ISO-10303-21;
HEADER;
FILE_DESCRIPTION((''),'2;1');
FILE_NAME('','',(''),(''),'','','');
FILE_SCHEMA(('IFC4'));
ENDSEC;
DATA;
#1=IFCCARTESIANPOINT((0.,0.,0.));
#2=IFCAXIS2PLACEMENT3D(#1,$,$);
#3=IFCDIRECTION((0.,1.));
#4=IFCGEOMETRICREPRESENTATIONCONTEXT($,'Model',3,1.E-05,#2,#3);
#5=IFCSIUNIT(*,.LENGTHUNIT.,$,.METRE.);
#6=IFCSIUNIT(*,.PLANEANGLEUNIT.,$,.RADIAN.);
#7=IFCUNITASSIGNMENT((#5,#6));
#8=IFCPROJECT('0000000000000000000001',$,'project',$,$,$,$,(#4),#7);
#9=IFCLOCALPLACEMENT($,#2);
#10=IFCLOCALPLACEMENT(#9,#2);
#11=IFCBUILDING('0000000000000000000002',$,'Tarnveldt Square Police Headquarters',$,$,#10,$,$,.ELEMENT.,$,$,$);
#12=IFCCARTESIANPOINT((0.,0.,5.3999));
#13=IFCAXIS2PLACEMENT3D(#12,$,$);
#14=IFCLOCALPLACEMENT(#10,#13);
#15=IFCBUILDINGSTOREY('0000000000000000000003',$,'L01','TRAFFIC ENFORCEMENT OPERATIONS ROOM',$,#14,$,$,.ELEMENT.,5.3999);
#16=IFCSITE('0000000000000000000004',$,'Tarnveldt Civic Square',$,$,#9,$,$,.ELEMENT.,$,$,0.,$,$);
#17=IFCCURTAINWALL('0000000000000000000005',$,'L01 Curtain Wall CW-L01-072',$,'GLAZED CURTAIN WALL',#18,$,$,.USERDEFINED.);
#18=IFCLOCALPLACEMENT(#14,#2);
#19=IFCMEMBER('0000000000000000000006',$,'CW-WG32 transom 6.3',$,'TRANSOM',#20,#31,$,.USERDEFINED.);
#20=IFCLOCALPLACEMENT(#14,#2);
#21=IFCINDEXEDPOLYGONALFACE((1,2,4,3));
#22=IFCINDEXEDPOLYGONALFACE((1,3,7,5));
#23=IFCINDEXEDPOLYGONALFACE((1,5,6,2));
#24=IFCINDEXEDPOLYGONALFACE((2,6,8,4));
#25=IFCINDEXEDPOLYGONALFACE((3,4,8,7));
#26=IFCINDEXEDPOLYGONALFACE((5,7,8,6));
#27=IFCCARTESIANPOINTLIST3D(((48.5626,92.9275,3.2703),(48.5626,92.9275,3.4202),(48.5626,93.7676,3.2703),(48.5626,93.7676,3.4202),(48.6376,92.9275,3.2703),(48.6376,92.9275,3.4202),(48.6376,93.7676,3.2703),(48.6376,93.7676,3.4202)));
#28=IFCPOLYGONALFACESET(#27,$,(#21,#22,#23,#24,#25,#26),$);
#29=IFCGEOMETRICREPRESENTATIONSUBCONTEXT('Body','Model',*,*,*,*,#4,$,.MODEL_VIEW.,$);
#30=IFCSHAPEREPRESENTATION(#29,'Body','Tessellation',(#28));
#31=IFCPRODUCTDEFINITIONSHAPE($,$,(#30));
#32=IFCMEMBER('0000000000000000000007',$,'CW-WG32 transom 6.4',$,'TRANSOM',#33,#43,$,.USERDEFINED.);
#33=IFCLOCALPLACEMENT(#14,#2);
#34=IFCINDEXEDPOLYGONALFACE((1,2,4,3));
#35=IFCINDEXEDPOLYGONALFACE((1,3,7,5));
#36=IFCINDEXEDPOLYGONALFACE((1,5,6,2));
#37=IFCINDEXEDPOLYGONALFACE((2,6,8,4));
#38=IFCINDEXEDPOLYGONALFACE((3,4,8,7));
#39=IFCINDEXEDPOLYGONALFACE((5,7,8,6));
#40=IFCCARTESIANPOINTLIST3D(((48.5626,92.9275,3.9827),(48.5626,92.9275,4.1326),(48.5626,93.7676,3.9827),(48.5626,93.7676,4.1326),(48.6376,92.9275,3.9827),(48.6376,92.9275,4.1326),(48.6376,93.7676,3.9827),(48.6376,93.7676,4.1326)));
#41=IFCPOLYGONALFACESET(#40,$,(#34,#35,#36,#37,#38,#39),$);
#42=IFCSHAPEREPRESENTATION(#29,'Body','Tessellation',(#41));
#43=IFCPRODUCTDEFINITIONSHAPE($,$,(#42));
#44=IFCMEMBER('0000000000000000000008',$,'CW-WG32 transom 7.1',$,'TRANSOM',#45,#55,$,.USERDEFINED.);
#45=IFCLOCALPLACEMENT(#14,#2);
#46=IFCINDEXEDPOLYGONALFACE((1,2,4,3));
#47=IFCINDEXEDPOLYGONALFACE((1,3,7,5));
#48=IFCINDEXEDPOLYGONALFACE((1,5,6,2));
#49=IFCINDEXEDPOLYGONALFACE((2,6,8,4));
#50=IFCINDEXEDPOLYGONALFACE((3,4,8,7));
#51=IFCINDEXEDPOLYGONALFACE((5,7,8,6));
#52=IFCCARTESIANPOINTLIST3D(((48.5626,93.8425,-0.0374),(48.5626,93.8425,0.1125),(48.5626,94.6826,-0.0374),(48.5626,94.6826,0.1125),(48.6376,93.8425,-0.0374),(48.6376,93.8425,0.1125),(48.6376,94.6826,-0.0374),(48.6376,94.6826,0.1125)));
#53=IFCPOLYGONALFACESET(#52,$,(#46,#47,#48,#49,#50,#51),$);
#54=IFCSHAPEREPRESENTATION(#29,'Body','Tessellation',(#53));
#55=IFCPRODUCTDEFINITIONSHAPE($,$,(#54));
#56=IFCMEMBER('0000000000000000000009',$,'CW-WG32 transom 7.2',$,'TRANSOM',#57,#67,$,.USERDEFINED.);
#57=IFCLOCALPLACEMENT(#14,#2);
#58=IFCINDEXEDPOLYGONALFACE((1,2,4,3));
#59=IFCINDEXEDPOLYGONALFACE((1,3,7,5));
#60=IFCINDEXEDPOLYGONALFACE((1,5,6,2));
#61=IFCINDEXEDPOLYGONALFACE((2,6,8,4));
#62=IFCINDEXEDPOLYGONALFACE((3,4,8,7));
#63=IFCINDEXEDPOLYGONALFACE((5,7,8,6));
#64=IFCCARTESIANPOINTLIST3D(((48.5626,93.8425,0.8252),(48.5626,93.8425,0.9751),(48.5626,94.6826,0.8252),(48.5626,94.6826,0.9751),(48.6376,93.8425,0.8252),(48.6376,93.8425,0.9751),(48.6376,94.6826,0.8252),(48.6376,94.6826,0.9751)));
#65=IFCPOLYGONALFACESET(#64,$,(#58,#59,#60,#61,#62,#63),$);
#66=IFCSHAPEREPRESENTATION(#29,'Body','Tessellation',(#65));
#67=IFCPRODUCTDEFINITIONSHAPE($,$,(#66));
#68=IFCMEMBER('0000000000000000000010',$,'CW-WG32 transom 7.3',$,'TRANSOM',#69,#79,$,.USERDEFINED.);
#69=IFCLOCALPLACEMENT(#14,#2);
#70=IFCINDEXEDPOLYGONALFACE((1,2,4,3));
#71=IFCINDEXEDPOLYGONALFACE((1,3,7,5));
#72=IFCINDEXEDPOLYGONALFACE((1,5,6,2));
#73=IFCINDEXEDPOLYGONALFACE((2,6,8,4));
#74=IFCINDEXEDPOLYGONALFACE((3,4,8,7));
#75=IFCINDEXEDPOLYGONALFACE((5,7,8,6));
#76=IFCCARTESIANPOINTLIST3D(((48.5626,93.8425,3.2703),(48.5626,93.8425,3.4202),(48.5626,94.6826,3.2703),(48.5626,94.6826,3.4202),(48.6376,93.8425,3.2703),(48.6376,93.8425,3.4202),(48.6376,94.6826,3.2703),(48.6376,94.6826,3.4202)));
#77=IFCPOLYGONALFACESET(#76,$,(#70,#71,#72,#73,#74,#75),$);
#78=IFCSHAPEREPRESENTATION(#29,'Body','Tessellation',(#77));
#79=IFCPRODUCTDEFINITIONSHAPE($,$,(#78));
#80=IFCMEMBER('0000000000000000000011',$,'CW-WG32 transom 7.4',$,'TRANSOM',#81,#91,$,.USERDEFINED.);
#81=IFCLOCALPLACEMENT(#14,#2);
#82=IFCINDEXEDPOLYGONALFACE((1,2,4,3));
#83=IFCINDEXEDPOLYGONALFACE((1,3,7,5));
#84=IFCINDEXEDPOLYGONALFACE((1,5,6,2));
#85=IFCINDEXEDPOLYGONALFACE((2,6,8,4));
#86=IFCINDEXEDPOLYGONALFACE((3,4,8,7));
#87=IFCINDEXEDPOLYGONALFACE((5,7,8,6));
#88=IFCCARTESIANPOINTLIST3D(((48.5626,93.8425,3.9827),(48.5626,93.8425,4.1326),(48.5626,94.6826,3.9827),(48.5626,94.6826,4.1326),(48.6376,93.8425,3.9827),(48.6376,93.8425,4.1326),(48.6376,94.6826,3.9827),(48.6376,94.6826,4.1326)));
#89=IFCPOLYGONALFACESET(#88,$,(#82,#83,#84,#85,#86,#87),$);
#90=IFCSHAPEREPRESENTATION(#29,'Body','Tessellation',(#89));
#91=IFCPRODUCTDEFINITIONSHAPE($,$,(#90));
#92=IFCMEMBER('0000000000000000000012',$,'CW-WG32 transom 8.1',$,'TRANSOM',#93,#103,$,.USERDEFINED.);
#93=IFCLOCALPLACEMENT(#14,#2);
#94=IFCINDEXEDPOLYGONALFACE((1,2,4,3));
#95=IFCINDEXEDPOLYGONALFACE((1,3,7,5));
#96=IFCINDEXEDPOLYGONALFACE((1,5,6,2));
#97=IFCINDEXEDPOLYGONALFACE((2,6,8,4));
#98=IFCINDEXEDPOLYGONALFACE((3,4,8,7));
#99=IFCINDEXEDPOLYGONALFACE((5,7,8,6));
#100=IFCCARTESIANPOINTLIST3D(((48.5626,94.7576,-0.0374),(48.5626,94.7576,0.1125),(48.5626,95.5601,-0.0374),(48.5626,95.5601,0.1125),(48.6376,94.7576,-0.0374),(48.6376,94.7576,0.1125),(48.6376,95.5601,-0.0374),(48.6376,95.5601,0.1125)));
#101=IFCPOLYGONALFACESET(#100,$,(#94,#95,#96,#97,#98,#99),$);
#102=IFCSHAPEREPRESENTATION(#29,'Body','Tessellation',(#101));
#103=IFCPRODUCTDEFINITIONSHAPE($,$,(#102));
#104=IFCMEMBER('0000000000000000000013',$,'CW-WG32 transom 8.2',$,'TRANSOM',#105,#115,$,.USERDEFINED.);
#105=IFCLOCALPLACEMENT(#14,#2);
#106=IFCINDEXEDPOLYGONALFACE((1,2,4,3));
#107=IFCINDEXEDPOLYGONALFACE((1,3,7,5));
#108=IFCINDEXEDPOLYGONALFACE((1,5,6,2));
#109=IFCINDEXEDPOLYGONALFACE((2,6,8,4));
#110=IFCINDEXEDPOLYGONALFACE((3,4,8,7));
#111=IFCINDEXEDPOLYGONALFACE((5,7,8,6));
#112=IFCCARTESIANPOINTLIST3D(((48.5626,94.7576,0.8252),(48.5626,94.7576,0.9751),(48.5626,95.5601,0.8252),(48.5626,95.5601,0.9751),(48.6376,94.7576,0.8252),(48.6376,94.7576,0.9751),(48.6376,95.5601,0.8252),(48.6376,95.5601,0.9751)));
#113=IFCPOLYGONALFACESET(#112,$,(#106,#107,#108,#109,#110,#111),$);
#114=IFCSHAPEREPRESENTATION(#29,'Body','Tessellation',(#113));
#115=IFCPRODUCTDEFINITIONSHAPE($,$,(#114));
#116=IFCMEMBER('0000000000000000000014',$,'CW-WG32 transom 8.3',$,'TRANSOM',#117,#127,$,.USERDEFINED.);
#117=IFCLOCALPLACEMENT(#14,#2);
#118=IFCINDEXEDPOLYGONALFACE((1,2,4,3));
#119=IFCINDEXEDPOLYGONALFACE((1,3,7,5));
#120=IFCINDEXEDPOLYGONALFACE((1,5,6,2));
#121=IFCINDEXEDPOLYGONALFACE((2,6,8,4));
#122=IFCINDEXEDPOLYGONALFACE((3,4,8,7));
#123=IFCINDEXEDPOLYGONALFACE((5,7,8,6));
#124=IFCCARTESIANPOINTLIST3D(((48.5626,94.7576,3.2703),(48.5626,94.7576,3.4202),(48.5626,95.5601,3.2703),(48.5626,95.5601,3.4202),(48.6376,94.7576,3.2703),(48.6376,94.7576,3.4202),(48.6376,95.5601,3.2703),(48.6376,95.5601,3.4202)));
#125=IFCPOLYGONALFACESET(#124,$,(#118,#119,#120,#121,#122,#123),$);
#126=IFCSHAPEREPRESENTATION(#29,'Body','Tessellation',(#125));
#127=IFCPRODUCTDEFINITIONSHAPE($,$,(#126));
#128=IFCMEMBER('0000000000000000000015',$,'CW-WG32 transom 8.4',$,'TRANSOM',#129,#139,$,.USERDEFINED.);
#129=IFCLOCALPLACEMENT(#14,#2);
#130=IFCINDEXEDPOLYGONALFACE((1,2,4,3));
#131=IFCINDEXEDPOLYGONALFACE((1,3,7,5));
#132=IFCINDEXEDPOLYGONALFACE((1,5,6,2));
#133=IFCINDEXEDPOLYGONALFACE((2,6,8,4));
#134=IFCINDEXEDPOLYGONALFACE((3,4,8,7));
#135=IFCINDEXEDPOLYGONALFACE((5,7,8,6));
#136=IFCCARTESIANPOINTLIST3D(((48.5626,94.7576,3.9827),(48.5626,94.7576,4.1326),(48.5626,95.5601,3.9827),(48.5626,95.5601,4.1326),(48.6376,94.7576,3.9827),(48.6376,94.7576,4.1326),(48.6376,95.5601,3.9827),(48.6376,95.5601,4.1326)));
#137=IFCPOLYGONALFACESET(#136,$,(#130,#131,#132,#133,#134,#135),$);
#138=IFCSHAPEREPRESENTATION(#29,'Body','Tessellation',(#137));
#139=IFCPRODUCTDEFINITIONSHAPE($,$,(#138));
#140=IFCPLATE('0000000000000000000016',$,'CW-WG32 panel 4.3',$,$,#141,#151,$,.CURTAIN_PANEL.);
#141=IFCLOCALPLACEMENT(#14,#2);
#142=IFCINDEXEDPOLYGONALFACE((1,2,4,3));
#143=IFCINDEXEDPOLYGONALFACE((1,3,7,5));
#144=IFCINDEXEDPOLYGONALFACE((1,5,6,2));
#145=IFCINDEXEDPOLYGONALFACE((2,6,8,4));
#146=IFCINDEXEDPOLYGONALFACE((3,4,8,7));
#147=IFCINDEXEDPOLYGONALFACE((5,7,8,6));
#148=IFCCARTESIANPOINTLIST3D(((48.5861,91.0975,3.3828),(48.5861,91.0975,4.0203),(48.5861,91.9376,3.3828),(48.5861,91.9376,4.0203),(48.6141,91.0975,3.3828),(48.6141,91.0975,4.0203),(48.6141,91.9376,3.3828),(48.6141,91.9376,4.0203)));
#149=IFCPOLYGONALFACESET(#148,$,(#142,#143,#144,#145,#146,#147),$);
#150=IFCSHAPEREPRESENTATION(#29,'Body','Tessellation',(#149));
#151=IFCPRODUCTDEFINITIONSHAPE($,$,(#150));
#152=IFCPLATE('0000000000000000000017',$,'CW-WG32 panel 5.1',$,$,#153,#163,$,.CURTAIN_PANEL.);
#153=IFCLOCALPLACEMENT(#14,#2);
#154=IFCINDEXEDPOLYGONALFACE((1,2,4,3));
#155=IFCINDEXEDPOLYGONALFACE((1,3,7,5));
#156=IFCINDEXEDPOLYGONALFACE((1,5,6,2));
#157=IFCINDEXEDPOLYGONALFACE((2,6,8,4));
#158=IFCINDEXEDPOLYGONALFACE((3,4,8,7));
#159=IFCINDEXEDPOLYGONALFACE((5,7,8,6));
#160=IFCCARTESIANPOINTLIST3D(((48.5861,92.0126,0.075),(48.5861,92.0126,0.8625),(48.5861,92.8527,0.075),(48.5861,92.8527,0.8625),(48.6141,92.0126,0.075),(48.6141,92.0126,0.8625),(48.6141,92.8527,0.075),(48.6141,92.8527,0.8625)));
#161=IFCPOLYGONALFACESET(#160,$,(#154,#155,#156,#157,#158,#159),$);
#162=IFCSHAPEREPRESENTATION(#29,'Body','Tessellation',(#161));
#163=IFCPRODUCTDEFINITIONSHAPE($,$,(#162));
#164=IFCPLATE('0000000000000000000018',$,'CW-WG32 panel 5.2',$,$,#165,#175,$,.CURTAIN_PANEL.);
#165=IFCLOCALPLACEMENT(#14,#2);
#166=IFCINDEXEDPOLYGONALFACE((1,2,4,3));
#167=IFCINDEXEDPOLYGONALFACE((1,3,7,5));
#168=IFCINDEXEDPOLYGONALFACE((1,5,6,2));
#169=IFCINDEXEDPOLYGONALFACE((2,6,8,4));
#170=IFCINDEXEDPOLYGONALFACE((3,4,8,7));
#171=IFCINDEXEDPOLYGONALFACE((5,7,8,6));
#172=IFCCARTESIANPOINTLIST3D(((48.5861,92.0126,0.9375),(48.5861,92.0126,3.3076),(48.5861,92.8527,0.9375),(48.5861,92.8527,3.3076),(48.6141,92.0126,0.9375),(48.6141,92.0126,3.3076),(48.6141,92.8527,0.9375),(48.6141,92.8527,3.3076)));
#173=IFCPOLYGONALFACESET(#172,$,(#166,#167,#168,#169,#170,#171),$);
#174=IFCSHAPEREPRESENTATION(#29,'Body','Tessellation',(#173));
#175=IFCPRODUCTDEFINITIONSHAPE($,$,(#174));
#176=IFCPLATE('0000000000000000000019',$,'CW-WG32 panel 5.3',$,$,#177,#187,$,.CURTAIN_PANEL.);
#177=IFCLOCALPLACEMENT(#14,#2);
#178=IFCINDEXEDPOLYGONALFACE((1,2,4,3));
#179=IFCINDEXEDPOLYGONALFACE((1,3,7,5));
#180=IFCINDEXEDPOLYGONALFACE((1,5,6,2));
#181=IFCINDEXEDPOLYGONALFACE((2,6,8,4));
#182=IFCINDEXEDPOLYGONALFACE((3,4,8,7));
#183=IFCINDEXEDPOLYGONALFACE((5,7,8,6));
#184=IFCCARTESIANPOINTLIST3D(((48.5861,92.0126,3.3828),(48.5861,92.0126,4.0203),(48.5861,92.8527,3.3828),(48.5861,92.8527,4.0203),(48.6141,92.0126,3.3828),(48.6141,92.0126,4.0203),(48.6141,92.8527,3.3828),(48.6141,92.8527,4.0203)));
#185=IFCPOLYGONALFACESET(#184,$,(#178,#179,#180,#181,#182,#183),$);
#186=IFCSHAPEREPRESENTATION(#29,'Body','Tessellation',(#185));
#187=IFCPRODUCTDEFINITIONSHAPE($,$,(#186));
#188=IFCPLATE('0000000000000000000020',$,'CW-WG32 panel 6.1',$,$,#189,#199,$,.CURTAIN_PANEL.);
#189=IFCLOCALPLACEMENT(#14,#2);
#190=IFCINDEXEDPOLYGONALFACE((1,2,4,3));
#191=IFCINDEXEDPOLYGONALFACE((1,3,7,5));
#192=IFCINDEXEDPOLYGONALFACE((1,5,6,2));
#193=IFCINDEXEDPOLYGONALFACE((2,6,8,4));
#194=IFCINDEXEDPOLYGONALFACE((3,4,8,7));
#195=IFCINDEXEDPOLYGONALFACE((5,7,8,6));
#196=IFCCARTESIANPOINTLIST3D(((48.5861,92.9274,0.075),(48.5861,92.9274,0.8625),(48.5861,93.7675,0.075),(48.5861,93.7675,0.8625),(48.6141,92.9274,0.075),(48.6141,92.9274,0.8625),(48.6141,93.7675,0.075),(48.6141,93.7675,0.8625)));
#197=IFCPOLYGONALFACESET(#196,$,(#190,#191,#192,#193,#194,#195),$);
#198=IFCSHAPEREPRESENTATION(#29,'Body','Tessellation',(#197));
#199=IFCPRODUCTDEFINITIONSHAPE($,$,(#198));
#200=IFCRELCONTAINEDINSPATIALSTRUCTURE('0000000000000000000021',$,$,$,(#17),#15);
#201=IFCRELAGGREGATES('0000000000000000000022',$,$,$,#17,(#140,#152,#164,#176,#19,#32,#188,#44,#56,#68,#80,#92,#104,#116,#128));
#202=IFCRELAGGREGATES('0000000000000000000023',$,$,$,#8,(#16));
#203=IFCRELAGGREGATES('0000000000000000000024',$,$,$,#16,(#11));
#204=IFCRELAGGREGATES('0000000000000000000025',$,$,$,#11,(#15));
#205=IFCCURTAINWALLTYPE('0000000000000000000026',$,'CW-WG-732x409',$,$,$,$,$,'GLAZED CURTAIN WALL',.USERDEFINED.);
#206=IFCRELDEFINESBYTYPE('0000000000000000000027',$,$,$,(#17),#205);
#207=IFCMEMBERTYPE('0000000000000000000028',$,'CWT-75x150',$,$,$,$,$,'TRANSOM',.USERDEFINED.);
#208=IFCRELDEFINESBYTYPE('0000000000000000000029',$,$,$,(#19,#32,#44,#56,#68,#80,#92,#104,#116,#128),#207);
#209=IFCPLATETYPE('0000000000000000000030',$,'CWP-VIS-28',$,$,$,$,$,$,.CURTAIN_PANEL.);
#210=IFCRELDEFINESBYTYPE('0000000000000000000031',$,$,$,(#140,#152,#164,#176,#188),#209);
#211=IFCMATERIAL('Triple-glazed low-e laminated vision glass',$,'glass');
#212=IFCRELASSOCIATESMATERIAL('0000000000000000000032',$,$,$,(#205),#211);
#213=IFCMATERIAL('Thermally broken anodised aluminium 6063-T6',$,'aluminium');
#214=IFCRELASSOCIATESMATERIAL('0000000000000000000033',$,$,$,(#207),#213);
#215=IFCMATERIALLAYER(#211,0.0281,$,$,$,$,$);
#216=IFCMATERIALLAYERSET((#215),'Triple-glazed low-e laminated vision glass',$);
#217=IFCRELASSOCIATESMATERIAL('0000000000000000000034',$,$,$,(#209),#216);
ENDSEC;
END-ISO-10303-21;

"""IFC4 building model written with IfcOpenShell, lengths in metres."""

from ifc_helpers import new_model, si_unit, direction, frame, origin, origin_2d, place, context, subcontext, project, spatial, rectangle, extrude, material, layer, layer_set, material_profile, profile_set, type_object, element, aggregate, save


model = new_model("IFC4")

# Units and contexts
model_context = context("Model", 3, precision=1e-05, world=origin(), true_north=direction((0.0, 1.0)))
body_context = subcontext(model_context, "Body", "Model", "MODEL_VIEW")
ifc_project = project(units=[si_unit("LENGTHUNIT", "METRE"), si_unit("PLANEANGLEUNIT", "RADIAN")], contexts=[model_context])

# Site, building, storey
site_placement = place(None, origin())
site = spatial("IfcSite", under=ifc_project, at=site_placement, Name="Tarnveldt Civic Square", CompositionType="ELEMENT", RefElevation=0.0)
building_placement = place(site_placement, origin())
building = spatial("IfcBuilding", under=site, at=building_placement, Name="Tarnveldt Square Police Headquarters", CompositionType="ELEMENT")
storey_placement = place(building_placement, frame((0.0, 0.0, 5.3999)))
storey = spatial("IfcBuildingStorey", under=building, at=storey_placement, Name="L01", Description="TRAFFIC ENFORCEMENT OPERATIONS ROOM", CompositionType="ELEMENT", Elevation=5.3999)

# Curtain wall
ifc_material_1 = material(Name="Triple-glazed low-e laminated vision glass", Category="glass")
curtain_wall_type_1 = type_object("IfcCurtainWallType", Name="CW-WG-732x409", ElementType="GLAZED CURTAIN WALL", PredefinedType="USERDEFINED", material=ifc_material_1)
curtain_wall_1_placement = place(storey_placement, origin())
curtain_wall_1 = element("IfcCurtainWall", 1, at=curtain_wall_1_placement, inside=storey, type_object=curtain_wall_type_1, Name="L01 Curtain Wall CW-L01-072", ObjectType="GLAZED CURTAIN WALL", PredefinedType="USERDEFINED")
ifc_material_2 = material(Name="Thermally broken anodised aluminium 6063-T6", Category="aluminium")

# Members
ifc_material_profile_1 = material_profile(ifc_material_2, rectangle(XDim=0.075, YDim=0.1499, at=origin_2d()), Name="CW-T75x150")
ifc_profile_set_1 = profile_set([ifc_material_profile_1], Name="Thermally broken anodised aluminium 6063-T6")
member_type_1 = type_object("IfcMemberType", Name="CWT-75x150", ElementType="TRANSOM", PredefinedType="USERDEFINED", material=ifc_profile_set_1)
member_1_placement = place(storey_placement, frame((48.6001, 92.9275, 3.3452), z_axis=(0.0, 1.0, 0.0), x_axis=(-1.0, 0.0, 0.0)))
member_1 = element("IfcMember", 2, at=member_1_placement, type_object=member_type_1, Name="CW-WG32 transom 6.3", ObjectType="TRANSOM", PredefinedType="USERDEFINED", context=body_context, shape_type="SweptSolid", body=[
    extrude(rectangle(XDim=0.075, YDim=0.1499, at=origin_2d()), origin(), (0.0, 0.0, 1.0), 0.8401),
])
member_2_placement = place(storey_placement, frame((48.6001, 92.9275, 4.0576), z_axis=(0.0, 1.0, 0.0), x_axis=(-1.0, 0.0, 0.0)))
member_2 = element("IfcMember", 3, at=member_2_placement, type_object=member_type_1, Name="CW-WG32 transom 6.4", ObjectType="TRANSOM", PredefinedType="USERDEFINED", context=body_context, shape_type="SweptSolid", body=[
    extrude(rectangle(XDim=0.075, YDim=0.1499, at=origin_2d()), origin(), (0.0, 0.0, 1.0), 0.8401),
])
member_3_placement = place(storey_placement, frame((48.6001, 93.8425, 0.0376), z_axis=(0.0, 1.0, 0.0), x_axis=(-1.0, 0.0, 0.0)))
member_3 = element("IfcMember", 4, at=member_3_placement, type_object=member_type_1, Name="CW-WG32 transom 7.1", ObjectType="TRANSOM", PredefinedType="USERDEFINED", context=body_context, shape_type="SweptSolid", body=[
    extrude(rectangle(XDim=0.075, YDim=0.1499, at=origin_2d()), origin(), (0.0, 0.0, 1.0), 0.8401),
])
member_4_placement = place(storey_placement, frame((48.6001, 93.8425, 0.9001), z_axis=(0.0, 1.0, 0.0), x_axis=(-1.0, 0.0, 0.0)))
member_4 = element("IfcMember", 5, at=member_4_placement, type_object=member_type_1, Name="CW-WG32 transom 7.2", ObjectType="TRANSOM", PredefinedType="USERDEFINED", context=body_context, shape_type="SweptSolid", body=[
    extrude(rectangle(XDim=0.075, YDim=0.1499, at=origin_2d()), origin(), (0.0, 0.0, 1.0), 0.8401),
])
member_5_placement = place(storey_placement, frame((48.6001, 93.8425, 3.3452), z_axis=(0.0, 1.0, 0.0), x_axis=(-1.0, 0.0, 0.0)))
member_5 = element("IfcMember", 6, at=member_5_placement, type_object=member_type_1, Name="CW-WG32 transom 7.3", ObjectType="TRANSOM", PredefinedType="USERDEFINED", context=body_context, shape_type="SweptSolid", body=[
    extrude(rectangle(XDim=0.075, YDim=0.1499, at=origin_2d()), origin(), (0.0, 0.0, 1.0), 0.8401),
])
member_6_placement = place(storey_placement, frame((48.6001, 93.8425, 4.0576), z_axis=(0.0, 1.0, 0.0), x_axis=(-1.0, 0.0, 0.0)))
member_6 = element("IfcMember", 7, at=member_6_placement, type_object=member_type_1, Name="CW-WG32 transom 7.4", ObjectType="TRANSOM", PredefinedType="USERDEFINED", context=body_context, shape_type="SweptSolid", body=[
    extrude(rectangle(XDim=0.075, YDim=0.1499, at=origin_2d()), origin(), (0.0, 0.0, 1.0), 0.8401),
])
member_7_placement = place(storey_placement, frame((48.6001, 94.7576, 0.0376), z_axis=(0.0, 1.0, 0.0), x_axis=(-1.0, 0.0, 0.0)))
member_7 = element("IfcMember", 8, at=member_7_placement, type_object=member_type_1, Name="CW-WG32 transom 8.1", ObjectType="TRANSOM", PredefinedType="USERDEFINED", context=body_context, shape_type="SweptSolid", body=[
    extrude(rectangle(XDim=0.075, YDim=0.1499, at=origin_2d()), origin(), (0.0, 0.0, 1.0), 0.8025),
])
member_8_placement = place(storey_placement, frame((48.6001, 94.7576, 0.9001), z_axis=(0.0, 1.0, 0.0), x_axis=(-1.0, 0.0, 0.0)))
member_8 = element("IfcMember", 9, at=member_8_placement, type_object=member_type_1, Name="CW-WG32 transom 8.2", ObjectType="TRANSOM", PredefinedType="USERDEFINED", context=body_context, shape_type="SweptSolid", body=[
    extrude(rectangle(XDim=0.075, YDim=0.1499, at=origin_2d()), origin(), (0.0, 0.0, 1.0), 0.8025),
])
member_9_placement = place(storey_placement, frame((48.6001, 94.7576, 3.3452), z_axis=(0.0, 1.0, 0.0), x_axis=(-1.0, 0.0, 0.0)))
member_9 = element("IfcMember", 10, at=member_9_placement, type_object=member_type_1, Name="CW-WG32 transom 8.3", ObjectType="TRANSOM", PredefinedType="USERDEFINED", context=body_context, shape_type="SweptSolid", body=[
    extrude(rectangle(XDim=0.075, YDim=0.1499, at=origin_2d()), origin(), (0.0, 0.0, 1.0), 0.8025),
])
member_10_placement = place(storey_placement, frame((48.6001, 94.7576, 4.0576), z_axis=(0.0, 1.0, 0.0), x_axis=(-1.0, 0.0, 0.0)))
member_10 = element("IfcMember", 11, at=member_10_placement, type_object=member_type_1, Name="CW-WG32 transom 8.4", ObjectType="TRANSOM", PredefinedType="USERDEFINED", context=body_context, shape_type="SweptSolid", body=[
    extrude(rectangle(XDim=0.075, YDim=0.1499, at=origin_2d()), origin(), (0.0, 0.0, 1.0), 0.8025),
])

# Plates
ifc_layer = layer(ifc_material_1, 0.0281)
ifc_layer_set = layer_set([ifc_layer], Name="Triple-glazed low-e laminated vision glass")
plate_type = type_object("IfcPlateType", Name="CWP-VIS-28", PredefinedType="CURTAIN_PANEL", material=ifc_layer_set)
plate_1_placement = place(storey_placement, frame((48.6001, 91.5176, 3.3828), z_axis=(0.0, 0.0, 1.0), x_axis=(0.0, 1.0, 0.0)))
plate_1 = element("IfcPlate", 12, at=plate_1_placement, type_object=plate_type, Name="CW-WG32 panel 4.3", PredefinedType="CURTAIN_PANEL", context=body_context, shape_type="SweptSolid", body=[
    extrude(rectangle(XDim=0.8401, YDim=0.0281, at=origin_2d()), origin(), (0.0, 0.0, 1.0), 0.6375),
])
plate_2_placement = place(storey_placement, frame((48.6001, 92.4326, 0.075), z_axis=(0.0, 0.0, 1.0), x_axis=(0.0, 1.0, 0.0)))
plate_2 = element("IfcPlate", 13, at=plate_2_placement, type_object=plate_type, Name="CW-WG32 panel 5.1", PredefinedType="CURTAIN_PANEL", context=body_context, shape_type="SweptSolid", body=[
    extrude(rectangle(XDim=0.8401, YDim=0.0281, at=origin_2d()), origin(), (0.0, 0.0, 1.0), 0.7876),
])
plate_3_placement = place(storey_placement, frame((48.6001, 92.4326, 0.9375), z_axis=(0.0, 0.0, 1.0), x_axis=(0.0, 1.0, 0.0)))
plate_3 = element("IfcPlate", 14, at=plate_3_placement, type_object=plate_type, Name="CW-WG32 panel 5.2", PredefinedType="CURTAIN_PANEL", context=body_context, shape_type="SweptSolid", body=[
    extrude(rectangle(XDim=0.8401, YDim=0.0281, at=origin_2d()), origin(), (0.0, 0.0, 1.0), 2.3701),
])
plate_4_placement = place(storey_placement, frame((48.6001, 92.4326, 3.3828), z_axis=(0.0, 0.0, 1.0), x_axis=(0.0, 1.0, 0.0)))
plate_4 = element("IfcPlate", 15, at=plate_4_placement, type_object=plate_type, Name="CW-WG32 panel 5.3", PredefinedType="CURTAIN_PANEL", context=body_context, shape_type="SweptSolid", body=[
    extrude(rectangle(XDim=0.8401, YDim=0.0281, at=origin_2d()), origin(), (0.0, 0.0, 1.0), 0.6375),
])
plate_5_placement = place(storey_placement, frame((48.6001, 93.3474, 0.075), z_axis=(0.0, 0.0, 1.0), x_axis=(0.0, 1.0, 0.0)))
plate_5 = element("IfcPlate", 16, at=plate_5_placement, type_object=plate_type, Name="CW-WG32 panel 6.1", PredefinedType="CURTAIN_PANEL", context=body_context, shape_type="SweptSolid", body=[
    extrude(rectangle(XDim=0.8401, YDim=0.0281, at=origin_2d()), origin(), (0.0, 0.0, 1.0), 0.7876),
])
aggregate(curtain_wall_1, [plate_1, plate_2, plate_3, plate_4, member_1, member_2, plate_5, member_3, member_4, member_5, member_6, member_7, member_8, member_9, member_10])

save(model, "model.ifc")
